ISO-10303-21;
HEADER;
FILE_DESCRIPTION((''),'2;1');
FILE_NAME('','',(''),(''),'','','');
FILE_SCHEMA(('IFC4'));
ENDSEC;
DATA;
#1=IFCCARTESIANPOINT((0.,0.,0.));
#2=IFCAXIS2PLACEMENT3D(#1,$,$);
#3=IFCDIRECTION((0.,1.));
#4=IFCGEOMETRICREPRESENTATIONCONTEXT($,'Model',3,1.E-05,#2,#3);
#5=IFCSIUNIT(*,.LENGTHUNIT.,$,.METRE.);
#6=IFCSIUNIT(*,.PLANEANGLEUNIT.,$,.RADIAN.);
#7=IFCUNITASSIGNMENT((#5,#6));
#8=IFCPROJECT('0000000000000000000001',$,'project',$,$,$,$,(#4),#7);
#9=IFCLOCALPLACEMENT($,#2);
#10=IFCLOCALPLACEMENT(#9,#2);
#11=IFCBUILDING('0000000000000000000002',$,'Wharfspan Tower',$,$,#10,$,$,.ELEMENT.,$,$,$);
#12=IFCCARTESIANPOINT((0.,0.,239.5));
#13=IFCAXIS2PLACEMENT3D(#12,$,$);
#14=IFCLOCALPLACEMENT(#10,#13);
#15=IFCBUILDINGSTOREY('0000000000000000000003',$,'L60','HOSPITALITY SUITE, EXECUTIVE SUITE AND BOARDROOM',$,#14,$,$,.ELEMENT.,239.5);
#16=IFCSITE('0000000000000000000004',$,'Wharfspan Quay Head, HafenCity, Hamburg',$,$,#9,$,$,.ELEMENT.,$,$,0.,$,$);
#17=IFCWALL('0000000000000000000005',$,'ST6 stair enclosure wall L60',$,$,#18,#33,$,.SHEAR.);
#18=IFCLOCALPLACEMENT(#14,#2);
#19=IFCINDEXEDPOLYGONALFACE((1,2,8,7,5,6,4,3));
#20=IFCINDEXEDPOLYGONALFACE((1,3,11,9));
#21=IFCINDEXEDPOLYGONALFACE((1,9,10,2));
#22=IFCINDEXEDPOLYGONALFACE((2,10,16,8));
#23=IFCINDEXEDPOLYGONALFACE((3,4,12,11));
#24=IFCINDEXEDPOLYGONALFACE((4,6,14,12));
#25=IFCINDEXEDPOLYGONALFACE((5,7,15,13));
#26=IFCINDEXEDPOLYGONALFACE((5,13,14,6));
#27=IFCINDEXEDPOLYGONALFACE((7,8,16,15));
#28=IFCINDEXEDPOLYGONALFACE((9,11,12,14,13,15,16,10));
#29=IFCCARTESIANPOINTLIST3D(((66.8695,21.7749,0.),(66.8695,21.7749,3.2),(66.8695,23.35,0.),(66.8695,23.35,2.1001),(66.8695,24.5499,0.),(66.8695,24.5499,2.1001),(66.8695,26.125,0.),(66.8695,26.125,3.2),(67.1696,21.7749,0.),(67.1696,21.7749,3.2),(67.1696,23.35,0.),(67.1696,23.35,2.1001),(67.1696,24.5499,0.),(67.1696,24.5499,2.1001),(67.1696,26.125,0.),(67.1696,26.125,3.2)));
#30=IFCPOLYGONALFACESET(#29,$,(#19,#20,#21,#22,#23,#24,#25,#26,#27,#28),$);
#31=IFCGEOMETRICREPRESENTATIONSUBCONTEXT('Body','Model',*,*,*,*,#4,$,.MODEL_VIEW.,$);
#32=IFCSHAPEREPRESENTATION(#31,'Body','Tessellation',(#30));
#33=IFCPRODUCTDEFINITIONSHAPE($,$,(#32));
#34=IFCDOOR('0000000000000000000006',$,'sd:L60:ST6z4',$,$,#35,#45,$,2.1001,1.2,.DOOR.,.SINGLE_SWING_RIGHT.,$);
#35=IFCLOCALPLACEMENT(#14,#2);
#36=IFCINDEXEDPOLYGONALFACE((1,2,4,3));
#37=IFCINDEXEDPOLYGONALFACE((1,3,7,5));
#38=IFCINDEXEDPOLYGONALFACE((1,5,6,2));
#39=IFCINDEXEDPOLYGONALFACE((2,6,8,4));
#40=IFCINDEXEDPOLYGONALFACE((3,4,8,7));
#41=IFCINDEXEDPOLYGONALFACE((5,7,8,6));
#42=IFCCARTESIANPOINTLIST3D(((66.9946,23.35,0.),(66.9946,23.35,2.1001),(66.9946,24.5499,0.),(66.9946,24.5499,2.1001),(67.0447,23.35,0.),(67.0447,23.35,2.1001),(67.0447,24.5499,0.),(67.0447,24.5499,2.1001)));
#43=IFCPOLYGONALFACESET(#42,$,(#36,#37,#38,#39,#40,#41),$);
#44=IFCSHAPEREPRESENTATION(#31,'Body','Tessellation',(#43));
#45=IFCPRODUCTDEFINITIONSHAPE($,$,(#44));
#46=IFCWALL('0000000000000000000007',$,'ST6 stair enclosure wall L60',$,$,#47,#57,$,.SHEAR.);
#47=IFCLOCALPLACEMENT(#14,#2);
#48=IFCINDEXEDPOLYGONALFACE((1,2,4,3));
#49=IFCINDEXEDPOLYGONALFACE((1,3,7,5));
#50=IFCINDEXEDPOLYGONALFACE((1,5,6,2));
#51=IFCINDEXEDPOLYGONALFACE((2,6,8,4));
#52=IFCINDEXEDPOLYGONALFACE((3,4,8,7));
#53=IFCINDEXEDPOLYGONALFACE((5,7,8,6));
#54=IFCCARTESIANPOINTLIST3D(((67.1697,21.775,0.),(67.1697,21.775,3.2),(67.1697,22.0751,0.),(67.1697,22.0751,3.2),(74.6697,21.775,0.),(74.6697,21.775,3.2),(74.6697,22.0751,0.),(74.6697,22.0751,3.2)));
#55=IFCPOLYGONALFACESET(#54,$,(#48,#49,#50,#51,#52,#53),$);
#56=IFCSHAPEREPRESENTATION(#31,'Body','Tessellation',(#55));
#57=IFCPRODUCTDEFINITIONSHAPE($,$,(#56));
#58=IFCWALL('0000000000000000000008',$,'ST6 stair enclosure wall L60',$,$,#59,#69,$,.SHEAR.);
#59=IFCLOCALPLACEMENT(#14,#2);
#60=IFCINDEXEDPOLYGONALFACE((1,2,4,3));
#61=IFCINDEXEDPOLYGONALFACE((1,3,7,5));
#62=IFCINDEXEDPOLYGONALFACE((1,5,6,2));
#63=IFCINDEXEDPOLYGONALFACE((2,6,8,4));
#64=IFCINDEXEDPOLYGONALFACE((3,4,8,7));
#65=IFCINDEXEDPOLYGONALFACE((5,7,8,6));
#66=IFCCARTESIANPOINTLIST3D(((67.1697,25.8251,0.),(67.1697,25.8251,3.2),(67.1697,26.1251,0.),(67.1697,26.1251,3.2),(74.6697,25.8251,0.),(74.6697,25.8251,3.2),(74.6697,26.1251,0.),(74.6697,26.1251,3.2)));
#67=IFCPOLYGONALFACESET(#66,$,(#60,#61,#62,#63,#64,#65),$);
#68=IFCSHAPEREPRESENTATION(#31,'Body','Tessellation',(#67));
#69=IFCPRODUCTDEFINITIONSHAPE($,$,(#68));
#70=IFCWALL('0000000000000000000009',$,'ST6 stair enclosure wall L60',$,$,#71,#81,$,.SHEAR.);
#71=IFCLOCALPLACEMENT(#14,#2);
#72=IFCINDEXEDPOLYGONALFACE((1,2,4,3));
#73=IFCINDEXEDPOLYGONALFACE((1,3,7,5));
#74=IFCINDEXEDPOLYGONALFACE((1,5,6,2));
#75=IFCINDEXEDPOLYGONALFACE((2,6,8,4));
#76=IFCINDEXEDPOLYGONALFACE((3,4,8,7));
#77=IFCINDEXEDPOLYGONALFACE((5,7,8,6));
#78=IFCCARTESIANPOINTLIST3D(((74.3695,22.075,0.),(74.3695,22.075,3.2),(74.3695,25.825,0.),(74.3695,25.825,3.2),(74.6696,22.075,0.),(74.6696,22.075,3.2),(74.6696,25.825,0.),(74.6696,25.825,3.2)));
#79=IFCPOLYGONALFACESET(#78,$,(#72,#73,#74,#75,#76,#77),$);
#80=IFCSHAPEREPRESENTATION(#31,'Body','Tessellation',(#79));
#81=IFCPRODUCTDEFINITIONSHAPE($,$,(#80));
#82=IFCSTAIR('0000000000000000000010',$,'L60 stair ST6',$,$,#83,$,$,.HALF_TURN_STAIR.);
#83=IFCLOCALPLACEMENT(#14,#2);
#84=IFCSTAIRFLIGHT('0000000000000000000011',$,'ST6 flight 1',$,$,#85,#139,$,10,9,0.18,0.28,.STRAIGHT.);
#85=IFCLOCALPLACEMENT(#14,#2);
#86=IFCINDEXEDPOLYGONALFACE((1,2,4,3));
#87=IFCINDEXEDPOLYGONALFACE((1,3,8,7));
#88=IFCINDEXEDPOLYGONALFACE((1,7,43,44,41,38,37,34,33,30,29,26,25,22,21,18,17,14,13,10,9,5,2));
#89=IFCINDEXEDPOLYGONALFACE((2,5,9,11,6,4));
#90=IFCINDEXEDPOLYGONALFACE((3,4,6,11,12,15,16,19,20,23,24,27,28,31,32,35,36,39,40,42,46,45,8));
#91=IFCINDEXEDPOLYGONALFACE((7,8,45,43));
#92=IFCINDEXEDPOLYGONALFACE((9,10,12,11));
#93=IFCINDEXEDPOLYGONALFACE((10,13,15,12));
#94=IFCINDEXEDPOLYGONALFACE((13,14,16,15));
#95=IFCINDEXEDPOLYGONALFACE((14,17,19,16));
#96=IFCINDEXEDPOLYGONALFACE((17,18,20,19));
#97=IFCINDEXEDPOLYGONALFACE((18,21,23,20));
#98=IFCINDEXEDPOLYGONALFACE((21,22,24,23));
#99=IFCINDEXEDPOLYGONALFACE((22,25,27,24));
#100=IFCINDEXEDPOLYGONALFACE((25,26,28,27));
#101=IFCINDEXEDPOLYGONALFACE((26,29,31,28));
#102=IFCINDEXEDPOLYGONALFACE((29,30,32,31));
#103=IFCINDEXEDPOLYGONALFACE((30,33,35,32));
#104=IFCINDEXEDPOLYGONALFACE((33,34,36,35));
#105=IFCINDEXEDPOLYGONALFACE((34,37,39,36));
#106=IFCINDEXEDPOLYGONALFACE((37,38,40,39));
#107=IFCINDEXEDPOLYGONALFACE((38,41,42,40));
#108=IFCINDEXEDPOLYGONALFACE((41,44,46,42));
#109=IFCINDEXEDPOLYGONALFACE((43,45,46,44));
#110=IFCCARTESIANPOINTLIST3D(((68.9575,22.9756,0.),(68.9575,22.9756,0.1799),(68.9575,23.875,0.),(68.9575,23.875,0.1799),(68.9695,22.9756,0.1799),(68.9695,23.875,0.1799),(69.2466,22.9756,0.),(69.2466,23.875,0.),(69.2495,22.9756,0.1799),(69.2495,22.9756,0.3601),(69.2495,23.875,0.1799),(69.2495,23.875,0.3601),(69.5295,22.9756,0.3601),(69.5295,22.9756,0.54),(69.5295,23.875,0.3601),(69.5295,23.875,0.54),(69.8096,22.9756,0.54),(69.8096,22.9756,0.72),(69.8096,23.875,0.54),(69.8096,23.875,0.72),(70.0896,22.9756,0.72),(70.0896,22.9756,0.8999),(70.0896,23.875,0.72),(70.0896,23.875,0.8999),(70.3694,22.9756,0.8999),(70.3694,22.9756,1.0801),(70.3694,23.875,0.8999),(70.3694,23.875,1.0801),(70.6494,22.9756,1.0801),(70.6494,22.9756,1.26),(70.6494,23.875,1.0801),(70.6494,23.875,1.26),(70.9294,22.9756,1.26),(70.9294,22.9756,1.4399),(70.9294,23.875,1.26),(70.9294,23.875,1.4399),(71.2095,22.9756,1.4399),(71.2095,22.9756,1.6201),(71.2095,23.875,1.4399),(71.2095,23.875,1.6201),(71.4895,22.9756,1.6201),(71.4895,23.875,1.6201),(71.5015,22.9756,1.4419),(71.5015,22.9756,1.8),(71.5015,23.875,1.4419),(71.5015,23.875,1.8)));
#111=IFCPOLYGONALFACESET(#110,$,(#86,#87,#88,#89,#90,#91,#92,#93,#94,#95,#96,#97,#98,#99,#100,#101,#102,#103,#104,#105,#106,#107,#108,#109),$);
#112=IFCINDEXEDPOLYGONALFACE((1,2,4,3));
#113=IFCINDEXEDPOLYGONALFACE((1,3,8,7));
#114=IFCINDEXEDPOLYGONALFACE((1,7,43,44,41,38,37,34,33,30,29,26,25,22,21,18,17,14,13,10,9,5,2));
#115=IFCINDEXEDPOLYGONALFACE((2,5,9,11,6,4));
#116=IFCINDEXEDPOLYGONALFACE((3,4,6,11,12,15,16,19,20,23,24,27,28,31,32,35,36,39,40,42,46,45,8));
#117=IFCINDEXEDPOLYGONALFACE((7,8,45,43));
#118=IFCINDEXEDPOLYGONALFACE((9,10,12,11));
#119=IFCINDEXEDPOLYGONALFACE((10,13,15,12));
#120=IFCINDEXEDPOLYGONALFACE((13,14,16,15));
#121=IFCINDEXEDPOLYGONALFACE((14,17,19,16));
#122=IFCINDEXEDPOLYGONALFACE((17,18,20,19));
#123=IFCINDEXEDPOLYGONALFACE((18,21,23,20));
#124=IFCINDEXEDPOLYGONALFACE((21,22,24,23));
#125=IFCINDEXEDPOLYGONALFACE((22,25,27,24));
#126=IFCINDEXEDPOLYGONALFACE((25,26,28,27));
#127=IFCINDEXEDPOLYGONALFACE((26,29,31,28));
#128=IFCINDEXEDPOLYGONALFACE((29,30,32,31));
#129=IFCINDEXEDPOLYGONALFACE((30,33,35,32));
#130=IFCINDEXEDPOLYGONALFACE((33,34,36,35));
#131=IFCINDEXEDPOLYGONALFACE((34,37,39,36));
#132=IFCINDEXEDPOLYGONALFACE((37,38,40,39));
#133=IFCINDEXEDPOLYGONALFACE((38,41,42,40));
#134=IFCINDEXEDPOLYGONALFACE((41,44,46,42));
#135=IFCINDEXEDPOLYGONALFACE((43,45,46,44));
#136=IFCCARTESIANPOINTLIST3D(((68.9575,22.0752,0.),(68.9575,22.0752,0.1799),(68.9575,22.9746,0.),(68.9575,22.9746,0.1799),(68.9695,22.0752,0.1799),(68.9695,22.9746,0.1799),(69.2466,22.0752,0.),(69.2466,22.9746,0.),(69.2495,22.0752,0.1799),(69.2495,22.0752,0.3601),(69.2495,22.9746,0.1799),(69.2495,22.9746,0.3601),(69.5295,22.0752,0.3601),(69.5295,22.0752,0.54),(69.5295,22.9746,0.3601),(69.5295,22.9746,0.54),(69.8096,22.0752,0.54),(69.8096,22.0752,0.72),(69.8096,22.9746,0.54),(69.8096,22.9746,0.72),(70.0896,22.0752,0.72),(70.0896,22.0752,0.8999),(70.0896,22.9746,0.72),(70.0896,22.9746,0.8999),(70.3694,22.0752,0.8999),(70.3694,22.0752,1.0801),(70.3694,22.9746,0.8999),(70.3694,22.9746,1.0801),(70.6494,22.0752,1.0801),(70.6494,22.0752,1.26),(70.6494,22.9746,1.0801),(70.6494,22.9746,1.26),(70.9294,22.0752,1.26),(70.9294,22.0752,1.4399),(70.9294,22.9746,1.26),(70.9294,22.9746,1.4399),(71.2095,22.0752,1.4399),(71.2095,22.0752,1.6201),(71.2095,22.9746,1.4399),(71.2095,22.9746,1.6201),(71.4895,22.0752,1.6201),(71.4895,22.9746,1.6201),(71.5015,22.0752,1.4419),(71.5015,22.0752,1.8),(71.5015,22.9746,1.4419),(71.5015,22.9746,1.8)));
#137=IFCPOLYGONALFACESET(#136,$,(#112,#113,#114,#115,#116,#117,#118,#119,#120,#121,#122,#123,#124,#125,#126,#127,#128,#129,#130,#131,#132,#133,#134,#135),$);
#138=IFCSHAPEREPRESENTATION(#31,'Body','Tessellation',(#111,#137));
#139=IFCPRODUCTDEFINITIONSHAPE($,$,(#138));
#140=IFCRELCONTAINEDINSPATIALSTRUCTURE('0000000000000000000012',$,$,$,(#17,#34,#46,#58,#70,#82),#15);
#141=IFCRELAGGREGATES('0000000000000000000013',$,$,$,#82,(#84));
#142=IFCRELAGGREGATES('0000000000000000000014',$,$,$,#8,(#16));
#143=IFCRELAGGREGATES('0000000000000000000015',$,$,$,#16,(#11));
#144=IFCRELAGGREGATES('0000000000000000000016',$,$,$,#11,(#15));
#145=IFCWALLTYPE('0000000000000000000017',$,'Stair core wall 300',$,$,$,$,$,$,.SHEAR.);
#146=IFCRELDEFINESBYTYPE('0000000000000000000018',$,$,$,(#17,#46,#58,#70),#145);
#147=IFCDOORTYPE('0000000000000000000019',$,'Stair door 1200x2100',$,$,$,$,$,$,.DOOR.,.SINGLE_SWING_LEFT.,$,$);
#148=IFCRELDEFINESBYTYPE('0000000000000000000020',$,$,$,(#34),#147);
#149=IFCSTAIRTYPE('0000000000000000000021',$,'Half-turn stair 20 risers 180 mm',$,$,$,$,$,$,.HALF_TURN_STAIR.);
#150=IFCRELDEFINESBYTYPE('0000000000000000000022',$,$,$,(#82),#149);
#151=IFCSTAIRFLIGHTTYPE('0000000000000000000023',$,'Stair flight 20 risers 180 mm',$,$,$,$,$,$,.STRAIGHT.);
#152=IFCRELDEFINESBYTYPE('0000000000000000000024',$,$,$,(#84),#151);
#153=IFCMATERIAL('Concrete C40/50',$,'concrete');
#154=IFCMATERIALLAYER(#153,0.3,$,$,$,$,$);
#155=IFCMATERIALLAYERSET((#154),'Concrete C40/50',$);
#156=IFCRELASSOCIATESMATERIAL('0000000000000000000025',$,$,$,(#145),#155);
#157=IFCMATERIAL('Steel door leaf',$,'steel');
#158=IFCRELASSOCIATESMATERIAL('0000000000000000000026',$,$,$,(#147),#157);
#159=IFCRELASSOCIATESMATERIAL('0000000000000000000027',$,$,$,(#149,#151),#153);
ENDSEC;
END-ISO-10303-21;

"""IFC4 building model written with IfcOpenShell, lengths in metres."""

from ifc_helpers import new_model, si_unit, direction, frame, frame_2d, origin, place, context, subcontext, project, spatial, polyline, rectangle, outline, extrude, material, layer, layer_set, type_object, element, fill, aggregate, save


model = new_model("IFC4")

# Units and contexts
model_context = context("Model", 3, precision=1e-05, world=origin(), true_north=direction((0.0, 1.0)))
body_context = subcontext(model_context, "Body", "Model", "MODEL_VIEW")
ifc_project = project(units=[si_unit("LENGTHUNIT", "METRE"), si_unit("PLANEANGLEUNIT", "RADIAN")], contexts=[model_context])

# Site, building, storey
site_placement = place(None, origin())
site = spatial("IfcSite", under=ifc_project, at=site_placement, Name="Wharfspan Quay Head, HafenCity, Hamburg", CompositionType="ELEMENT", RefElevation=0.0)
building_placement = place(site_placement, origin())
building = spatial("IfcBuilding", under=site, at=building_placement, Name="Wharfspan Tower", CompositionType="ELEMENT")
storey_placement = place(building_placement, frame((0.0, 0.0, 239.5)))
storey = spatial("IfcBuildingStorey", under=building, at=storey_placement, Name="L60", Description="HOSPITALITY SUITE, EXECUTIVE SUITE AND BOARDROOM", CompositionType="ELEMENT", Elevation=239.5)

# Wall, opening, door
ifc_material_1 = material(Name="Concrete C40/50", Category="concrete")
ifc_layer_1 = layer(ifc_material_1, 0.3)
ifc_layer_set_1 = layer_set([ifc_layer_1], Name="Concrete C40/50")
wall_type_1 = type_object("IfcWallType", Name="Stair core wall 300", PredefinedType="SHEAR", material=ifc_layer_set_1)
wall_1_placement = place(storey_placement, frame((67.0195, 21.7749, 0.0), z_axis=(0.0, 0.0, 1.0), x_axis=(0.0, 1.0, 0.0)))
wall_1 = element("IfcWall", 1, at=wall_1_placement, inside=storey, type_object=wall_type_1, Name="ST6 stair enclosure wall L60", PredefinedType="SHEAR", context=body_context, shape_type="SweptSolid", body=[
    extrude(rectangle(XDim=4.3501, YDim=0.3, at=frame_2d((2.175, 0.0))), origin(), (0.0, 0.0, 1.0), 3.2),
])
opening_placement = place(wall_1_placement, frame((1.575, 0.0, 0.0)))
opening = element("IfcOpeningElement", 2, at=opening_placement, cuts=wall_1, PredefinedType="OPENING", context=body_context, shape_type="SweptSolid", body=[
    extrude(rectangle(XDim=1.2, YDim=2.1001, at=frame_2d((0.6001, 1.05))), frame((0.0, 0.1599, 0.0), z_axis=(0.0, -1.0, 0.0), x_axis=(1.0, 0.0, 0.0)), (0.0, 0.0, 1.0), 0.3201),
])
ifc_material_2 = material(Name="Steel door leaf", Category="steel")
door_type = type_object("IfcDoorType", Name="Stair door 1200x2100", OperationType="SINGLE_SWING_LEFT", PredefinedType="DOOR", material=ifc_material_2)
door_placement = place(opening_placement, origin())
door = element("IfcDoor", 3, at=door_placement, inside=storey, type_object=door_type, Name="sd:L60:ST6z4", OperationType="SINGLE_SWING_RIGHT", OverallHeight=2.1001, OverallWidth=1.2, PredefinedType="DOOR", context=body_context, shape_type="SweptSolid", body=[
    extrude(rectangle(XDim=1.2, YDim=2.1001, at=frame_2d((0.6001, 1.05))), frame((0.0, 0.0249, 0.0), z_axis=(0.0, -1.0, 0.0), x_axis=(1.0, 0.0, 0.0)), (0.0, 0.0, 1.0), 0.05),
])
fill(opening, door)

# Walls
for number, where, z_axis, x_axis, name in (
    (4, (67.1697, 21.925, 0.0), (0.0, 0.0, 1.0), (1.0, 0.0, 0.0), "ST6 stair enclosure wall L60"),
    (5, (67.1697, 25.9751, 0.0), (0.0, 0.0, 1.0), (1.0, 0.0, 0.0), "ST6 stair enclosure wall L60"),
):
    element("IfcWall", number, at=place(storey_placement, frame(where, z_axis=z_axis, x_axis=x_axis)), inside=storey, type_object=wall_type_1, Name=name, PredefinedType="SHEAR", context=body_context, shape_type="SweptSolid", body=[
        extrude(rectangle(XDim=7.5, YDim=0.3, at=frame_2d((3.75, 0.0))), origin(), (0.0, 0.0, 1.0), 3.2),
    ])
wall_2_placement = place(storey_placement, frame((74.5195, 22.075, 0.0), z_axis=(0.0, 0.0, 1.0), x_axis=(0.0, 1.0, 0.0)))
element("IfcWall", 6, at=wall_2_placement, inside=storey, type_object=wall_type_1, Name="ST6 stair enclosure wall L60", PredefinedType="SHEAR", context=body_context, shape_type="SweptSolid", body=[
    extrude(rectangle(XDim=3.75, YDim=0.3, at=frame_2d((1.875, 0.0))), origin(), (0.0, 0.0, 1.0), 3.2),
])

# Stair, stair flight
stair_type = type_object("IfcStairType", Name="Half-turn stair 20 risers 180 mm", PredefinedType="HALF_TURN_STAIR", material=ifc_material_1)
stair_placement = place(storey_placement, origin())
stair = element("IfcStair", 7, at=stair_placement, inside=storey, type_object=stair_type, Name="L60 stair ST6", PredefinedType="HALF_TURN_STAIR")
stair_flight_type = type_object("IfcStairFlightType", Name="Stair flight 20 risers 180 mm", PredefinedType="STRAIGHT", material=ifc_material_1)
stair_flight_1_placement = place(storey_placement, frame((68.9695, 22.9751, 0.0), z_axis=(0.0, 0.0, 1.0), x_axis=(1.0, 0.0, 0.0)))
stair_flight_1 = element("IfcStairFlight", 8, at=stair_flight_1_placement, type_object=stair_flight_type, Name="ST6 flight 1", NumberOfRisers=10, NumberOfTreads=9, PredefinedType="STRAIGHT", RiserHeight=0.18, TreadLength=0.28, context=body_context, shape_type="SweptSolid", body=[
    extrude(outline(polyline([(-0.012, 0.0), (-0.012, 0.1799), (0.0, 0.1799), (0.28, 0.1799), (0.28, 0.3601), (0.5601, 0.3601), (0.5601, 0.54), (0.8401, 0.54), (0.8401, 0.72), (1.1201, 0.72), (1.1201, 0.8999), (1.3999, 0.8999), (1.3999, 1.0801), (1.6799, 1.0801), (1.6799, 1.26), (1.96, 1.26), (1.96, 1.4399), (2.24, 1.4399), (2.24, 1.6201), (2.52, 1.6201), (2.532, 1.8), (2.532, 1.4419), (0.2771, 0.0), (-0.012, 0.0)])), frame((0.0, 0.8999, 0.0), z_axis=(0.0, -1.0, 0.0), x_axis=(1.0, 0.0, 0.0)), (0.0, 0.0, 1.0), 0.8994),
    extrude(outline(polyline([(-0.012, 0.0), (-0.012, 0.1799), (0.0, 0.1799), (0.28, 0.1799), (0.28, 0.3601), (0.5601, 0.3601), (0.5601, 0.54), (0.8401, 0.54), (0.8401, 0.72), (1.1201, 0.72), (1.1201, 0.8999), (1.3999, 0.8999), (1.3999, 1.0801), (1.6799, 1.0801), (1.6799, 1.26), (1.96, 1.26), (1.96, 1.4399), (2.24, 1.4399), (2.24, 1.6201), (2.52, 1.6201), (2.532, 1.8), (2.532, 1.4419), (0.2771, 0.0), (-0.012, 0.0)])), frame((0.0, -0.0005, 0.0), z_axis=(0.0, -1.0, 0.0), x_axis=(1.0, 0.0, 0.0)), (0.0, 0.0, 1.0), 0.8994),
])
aggregate(stair, [stair_flight_1])

save(model, "model.ifc")
